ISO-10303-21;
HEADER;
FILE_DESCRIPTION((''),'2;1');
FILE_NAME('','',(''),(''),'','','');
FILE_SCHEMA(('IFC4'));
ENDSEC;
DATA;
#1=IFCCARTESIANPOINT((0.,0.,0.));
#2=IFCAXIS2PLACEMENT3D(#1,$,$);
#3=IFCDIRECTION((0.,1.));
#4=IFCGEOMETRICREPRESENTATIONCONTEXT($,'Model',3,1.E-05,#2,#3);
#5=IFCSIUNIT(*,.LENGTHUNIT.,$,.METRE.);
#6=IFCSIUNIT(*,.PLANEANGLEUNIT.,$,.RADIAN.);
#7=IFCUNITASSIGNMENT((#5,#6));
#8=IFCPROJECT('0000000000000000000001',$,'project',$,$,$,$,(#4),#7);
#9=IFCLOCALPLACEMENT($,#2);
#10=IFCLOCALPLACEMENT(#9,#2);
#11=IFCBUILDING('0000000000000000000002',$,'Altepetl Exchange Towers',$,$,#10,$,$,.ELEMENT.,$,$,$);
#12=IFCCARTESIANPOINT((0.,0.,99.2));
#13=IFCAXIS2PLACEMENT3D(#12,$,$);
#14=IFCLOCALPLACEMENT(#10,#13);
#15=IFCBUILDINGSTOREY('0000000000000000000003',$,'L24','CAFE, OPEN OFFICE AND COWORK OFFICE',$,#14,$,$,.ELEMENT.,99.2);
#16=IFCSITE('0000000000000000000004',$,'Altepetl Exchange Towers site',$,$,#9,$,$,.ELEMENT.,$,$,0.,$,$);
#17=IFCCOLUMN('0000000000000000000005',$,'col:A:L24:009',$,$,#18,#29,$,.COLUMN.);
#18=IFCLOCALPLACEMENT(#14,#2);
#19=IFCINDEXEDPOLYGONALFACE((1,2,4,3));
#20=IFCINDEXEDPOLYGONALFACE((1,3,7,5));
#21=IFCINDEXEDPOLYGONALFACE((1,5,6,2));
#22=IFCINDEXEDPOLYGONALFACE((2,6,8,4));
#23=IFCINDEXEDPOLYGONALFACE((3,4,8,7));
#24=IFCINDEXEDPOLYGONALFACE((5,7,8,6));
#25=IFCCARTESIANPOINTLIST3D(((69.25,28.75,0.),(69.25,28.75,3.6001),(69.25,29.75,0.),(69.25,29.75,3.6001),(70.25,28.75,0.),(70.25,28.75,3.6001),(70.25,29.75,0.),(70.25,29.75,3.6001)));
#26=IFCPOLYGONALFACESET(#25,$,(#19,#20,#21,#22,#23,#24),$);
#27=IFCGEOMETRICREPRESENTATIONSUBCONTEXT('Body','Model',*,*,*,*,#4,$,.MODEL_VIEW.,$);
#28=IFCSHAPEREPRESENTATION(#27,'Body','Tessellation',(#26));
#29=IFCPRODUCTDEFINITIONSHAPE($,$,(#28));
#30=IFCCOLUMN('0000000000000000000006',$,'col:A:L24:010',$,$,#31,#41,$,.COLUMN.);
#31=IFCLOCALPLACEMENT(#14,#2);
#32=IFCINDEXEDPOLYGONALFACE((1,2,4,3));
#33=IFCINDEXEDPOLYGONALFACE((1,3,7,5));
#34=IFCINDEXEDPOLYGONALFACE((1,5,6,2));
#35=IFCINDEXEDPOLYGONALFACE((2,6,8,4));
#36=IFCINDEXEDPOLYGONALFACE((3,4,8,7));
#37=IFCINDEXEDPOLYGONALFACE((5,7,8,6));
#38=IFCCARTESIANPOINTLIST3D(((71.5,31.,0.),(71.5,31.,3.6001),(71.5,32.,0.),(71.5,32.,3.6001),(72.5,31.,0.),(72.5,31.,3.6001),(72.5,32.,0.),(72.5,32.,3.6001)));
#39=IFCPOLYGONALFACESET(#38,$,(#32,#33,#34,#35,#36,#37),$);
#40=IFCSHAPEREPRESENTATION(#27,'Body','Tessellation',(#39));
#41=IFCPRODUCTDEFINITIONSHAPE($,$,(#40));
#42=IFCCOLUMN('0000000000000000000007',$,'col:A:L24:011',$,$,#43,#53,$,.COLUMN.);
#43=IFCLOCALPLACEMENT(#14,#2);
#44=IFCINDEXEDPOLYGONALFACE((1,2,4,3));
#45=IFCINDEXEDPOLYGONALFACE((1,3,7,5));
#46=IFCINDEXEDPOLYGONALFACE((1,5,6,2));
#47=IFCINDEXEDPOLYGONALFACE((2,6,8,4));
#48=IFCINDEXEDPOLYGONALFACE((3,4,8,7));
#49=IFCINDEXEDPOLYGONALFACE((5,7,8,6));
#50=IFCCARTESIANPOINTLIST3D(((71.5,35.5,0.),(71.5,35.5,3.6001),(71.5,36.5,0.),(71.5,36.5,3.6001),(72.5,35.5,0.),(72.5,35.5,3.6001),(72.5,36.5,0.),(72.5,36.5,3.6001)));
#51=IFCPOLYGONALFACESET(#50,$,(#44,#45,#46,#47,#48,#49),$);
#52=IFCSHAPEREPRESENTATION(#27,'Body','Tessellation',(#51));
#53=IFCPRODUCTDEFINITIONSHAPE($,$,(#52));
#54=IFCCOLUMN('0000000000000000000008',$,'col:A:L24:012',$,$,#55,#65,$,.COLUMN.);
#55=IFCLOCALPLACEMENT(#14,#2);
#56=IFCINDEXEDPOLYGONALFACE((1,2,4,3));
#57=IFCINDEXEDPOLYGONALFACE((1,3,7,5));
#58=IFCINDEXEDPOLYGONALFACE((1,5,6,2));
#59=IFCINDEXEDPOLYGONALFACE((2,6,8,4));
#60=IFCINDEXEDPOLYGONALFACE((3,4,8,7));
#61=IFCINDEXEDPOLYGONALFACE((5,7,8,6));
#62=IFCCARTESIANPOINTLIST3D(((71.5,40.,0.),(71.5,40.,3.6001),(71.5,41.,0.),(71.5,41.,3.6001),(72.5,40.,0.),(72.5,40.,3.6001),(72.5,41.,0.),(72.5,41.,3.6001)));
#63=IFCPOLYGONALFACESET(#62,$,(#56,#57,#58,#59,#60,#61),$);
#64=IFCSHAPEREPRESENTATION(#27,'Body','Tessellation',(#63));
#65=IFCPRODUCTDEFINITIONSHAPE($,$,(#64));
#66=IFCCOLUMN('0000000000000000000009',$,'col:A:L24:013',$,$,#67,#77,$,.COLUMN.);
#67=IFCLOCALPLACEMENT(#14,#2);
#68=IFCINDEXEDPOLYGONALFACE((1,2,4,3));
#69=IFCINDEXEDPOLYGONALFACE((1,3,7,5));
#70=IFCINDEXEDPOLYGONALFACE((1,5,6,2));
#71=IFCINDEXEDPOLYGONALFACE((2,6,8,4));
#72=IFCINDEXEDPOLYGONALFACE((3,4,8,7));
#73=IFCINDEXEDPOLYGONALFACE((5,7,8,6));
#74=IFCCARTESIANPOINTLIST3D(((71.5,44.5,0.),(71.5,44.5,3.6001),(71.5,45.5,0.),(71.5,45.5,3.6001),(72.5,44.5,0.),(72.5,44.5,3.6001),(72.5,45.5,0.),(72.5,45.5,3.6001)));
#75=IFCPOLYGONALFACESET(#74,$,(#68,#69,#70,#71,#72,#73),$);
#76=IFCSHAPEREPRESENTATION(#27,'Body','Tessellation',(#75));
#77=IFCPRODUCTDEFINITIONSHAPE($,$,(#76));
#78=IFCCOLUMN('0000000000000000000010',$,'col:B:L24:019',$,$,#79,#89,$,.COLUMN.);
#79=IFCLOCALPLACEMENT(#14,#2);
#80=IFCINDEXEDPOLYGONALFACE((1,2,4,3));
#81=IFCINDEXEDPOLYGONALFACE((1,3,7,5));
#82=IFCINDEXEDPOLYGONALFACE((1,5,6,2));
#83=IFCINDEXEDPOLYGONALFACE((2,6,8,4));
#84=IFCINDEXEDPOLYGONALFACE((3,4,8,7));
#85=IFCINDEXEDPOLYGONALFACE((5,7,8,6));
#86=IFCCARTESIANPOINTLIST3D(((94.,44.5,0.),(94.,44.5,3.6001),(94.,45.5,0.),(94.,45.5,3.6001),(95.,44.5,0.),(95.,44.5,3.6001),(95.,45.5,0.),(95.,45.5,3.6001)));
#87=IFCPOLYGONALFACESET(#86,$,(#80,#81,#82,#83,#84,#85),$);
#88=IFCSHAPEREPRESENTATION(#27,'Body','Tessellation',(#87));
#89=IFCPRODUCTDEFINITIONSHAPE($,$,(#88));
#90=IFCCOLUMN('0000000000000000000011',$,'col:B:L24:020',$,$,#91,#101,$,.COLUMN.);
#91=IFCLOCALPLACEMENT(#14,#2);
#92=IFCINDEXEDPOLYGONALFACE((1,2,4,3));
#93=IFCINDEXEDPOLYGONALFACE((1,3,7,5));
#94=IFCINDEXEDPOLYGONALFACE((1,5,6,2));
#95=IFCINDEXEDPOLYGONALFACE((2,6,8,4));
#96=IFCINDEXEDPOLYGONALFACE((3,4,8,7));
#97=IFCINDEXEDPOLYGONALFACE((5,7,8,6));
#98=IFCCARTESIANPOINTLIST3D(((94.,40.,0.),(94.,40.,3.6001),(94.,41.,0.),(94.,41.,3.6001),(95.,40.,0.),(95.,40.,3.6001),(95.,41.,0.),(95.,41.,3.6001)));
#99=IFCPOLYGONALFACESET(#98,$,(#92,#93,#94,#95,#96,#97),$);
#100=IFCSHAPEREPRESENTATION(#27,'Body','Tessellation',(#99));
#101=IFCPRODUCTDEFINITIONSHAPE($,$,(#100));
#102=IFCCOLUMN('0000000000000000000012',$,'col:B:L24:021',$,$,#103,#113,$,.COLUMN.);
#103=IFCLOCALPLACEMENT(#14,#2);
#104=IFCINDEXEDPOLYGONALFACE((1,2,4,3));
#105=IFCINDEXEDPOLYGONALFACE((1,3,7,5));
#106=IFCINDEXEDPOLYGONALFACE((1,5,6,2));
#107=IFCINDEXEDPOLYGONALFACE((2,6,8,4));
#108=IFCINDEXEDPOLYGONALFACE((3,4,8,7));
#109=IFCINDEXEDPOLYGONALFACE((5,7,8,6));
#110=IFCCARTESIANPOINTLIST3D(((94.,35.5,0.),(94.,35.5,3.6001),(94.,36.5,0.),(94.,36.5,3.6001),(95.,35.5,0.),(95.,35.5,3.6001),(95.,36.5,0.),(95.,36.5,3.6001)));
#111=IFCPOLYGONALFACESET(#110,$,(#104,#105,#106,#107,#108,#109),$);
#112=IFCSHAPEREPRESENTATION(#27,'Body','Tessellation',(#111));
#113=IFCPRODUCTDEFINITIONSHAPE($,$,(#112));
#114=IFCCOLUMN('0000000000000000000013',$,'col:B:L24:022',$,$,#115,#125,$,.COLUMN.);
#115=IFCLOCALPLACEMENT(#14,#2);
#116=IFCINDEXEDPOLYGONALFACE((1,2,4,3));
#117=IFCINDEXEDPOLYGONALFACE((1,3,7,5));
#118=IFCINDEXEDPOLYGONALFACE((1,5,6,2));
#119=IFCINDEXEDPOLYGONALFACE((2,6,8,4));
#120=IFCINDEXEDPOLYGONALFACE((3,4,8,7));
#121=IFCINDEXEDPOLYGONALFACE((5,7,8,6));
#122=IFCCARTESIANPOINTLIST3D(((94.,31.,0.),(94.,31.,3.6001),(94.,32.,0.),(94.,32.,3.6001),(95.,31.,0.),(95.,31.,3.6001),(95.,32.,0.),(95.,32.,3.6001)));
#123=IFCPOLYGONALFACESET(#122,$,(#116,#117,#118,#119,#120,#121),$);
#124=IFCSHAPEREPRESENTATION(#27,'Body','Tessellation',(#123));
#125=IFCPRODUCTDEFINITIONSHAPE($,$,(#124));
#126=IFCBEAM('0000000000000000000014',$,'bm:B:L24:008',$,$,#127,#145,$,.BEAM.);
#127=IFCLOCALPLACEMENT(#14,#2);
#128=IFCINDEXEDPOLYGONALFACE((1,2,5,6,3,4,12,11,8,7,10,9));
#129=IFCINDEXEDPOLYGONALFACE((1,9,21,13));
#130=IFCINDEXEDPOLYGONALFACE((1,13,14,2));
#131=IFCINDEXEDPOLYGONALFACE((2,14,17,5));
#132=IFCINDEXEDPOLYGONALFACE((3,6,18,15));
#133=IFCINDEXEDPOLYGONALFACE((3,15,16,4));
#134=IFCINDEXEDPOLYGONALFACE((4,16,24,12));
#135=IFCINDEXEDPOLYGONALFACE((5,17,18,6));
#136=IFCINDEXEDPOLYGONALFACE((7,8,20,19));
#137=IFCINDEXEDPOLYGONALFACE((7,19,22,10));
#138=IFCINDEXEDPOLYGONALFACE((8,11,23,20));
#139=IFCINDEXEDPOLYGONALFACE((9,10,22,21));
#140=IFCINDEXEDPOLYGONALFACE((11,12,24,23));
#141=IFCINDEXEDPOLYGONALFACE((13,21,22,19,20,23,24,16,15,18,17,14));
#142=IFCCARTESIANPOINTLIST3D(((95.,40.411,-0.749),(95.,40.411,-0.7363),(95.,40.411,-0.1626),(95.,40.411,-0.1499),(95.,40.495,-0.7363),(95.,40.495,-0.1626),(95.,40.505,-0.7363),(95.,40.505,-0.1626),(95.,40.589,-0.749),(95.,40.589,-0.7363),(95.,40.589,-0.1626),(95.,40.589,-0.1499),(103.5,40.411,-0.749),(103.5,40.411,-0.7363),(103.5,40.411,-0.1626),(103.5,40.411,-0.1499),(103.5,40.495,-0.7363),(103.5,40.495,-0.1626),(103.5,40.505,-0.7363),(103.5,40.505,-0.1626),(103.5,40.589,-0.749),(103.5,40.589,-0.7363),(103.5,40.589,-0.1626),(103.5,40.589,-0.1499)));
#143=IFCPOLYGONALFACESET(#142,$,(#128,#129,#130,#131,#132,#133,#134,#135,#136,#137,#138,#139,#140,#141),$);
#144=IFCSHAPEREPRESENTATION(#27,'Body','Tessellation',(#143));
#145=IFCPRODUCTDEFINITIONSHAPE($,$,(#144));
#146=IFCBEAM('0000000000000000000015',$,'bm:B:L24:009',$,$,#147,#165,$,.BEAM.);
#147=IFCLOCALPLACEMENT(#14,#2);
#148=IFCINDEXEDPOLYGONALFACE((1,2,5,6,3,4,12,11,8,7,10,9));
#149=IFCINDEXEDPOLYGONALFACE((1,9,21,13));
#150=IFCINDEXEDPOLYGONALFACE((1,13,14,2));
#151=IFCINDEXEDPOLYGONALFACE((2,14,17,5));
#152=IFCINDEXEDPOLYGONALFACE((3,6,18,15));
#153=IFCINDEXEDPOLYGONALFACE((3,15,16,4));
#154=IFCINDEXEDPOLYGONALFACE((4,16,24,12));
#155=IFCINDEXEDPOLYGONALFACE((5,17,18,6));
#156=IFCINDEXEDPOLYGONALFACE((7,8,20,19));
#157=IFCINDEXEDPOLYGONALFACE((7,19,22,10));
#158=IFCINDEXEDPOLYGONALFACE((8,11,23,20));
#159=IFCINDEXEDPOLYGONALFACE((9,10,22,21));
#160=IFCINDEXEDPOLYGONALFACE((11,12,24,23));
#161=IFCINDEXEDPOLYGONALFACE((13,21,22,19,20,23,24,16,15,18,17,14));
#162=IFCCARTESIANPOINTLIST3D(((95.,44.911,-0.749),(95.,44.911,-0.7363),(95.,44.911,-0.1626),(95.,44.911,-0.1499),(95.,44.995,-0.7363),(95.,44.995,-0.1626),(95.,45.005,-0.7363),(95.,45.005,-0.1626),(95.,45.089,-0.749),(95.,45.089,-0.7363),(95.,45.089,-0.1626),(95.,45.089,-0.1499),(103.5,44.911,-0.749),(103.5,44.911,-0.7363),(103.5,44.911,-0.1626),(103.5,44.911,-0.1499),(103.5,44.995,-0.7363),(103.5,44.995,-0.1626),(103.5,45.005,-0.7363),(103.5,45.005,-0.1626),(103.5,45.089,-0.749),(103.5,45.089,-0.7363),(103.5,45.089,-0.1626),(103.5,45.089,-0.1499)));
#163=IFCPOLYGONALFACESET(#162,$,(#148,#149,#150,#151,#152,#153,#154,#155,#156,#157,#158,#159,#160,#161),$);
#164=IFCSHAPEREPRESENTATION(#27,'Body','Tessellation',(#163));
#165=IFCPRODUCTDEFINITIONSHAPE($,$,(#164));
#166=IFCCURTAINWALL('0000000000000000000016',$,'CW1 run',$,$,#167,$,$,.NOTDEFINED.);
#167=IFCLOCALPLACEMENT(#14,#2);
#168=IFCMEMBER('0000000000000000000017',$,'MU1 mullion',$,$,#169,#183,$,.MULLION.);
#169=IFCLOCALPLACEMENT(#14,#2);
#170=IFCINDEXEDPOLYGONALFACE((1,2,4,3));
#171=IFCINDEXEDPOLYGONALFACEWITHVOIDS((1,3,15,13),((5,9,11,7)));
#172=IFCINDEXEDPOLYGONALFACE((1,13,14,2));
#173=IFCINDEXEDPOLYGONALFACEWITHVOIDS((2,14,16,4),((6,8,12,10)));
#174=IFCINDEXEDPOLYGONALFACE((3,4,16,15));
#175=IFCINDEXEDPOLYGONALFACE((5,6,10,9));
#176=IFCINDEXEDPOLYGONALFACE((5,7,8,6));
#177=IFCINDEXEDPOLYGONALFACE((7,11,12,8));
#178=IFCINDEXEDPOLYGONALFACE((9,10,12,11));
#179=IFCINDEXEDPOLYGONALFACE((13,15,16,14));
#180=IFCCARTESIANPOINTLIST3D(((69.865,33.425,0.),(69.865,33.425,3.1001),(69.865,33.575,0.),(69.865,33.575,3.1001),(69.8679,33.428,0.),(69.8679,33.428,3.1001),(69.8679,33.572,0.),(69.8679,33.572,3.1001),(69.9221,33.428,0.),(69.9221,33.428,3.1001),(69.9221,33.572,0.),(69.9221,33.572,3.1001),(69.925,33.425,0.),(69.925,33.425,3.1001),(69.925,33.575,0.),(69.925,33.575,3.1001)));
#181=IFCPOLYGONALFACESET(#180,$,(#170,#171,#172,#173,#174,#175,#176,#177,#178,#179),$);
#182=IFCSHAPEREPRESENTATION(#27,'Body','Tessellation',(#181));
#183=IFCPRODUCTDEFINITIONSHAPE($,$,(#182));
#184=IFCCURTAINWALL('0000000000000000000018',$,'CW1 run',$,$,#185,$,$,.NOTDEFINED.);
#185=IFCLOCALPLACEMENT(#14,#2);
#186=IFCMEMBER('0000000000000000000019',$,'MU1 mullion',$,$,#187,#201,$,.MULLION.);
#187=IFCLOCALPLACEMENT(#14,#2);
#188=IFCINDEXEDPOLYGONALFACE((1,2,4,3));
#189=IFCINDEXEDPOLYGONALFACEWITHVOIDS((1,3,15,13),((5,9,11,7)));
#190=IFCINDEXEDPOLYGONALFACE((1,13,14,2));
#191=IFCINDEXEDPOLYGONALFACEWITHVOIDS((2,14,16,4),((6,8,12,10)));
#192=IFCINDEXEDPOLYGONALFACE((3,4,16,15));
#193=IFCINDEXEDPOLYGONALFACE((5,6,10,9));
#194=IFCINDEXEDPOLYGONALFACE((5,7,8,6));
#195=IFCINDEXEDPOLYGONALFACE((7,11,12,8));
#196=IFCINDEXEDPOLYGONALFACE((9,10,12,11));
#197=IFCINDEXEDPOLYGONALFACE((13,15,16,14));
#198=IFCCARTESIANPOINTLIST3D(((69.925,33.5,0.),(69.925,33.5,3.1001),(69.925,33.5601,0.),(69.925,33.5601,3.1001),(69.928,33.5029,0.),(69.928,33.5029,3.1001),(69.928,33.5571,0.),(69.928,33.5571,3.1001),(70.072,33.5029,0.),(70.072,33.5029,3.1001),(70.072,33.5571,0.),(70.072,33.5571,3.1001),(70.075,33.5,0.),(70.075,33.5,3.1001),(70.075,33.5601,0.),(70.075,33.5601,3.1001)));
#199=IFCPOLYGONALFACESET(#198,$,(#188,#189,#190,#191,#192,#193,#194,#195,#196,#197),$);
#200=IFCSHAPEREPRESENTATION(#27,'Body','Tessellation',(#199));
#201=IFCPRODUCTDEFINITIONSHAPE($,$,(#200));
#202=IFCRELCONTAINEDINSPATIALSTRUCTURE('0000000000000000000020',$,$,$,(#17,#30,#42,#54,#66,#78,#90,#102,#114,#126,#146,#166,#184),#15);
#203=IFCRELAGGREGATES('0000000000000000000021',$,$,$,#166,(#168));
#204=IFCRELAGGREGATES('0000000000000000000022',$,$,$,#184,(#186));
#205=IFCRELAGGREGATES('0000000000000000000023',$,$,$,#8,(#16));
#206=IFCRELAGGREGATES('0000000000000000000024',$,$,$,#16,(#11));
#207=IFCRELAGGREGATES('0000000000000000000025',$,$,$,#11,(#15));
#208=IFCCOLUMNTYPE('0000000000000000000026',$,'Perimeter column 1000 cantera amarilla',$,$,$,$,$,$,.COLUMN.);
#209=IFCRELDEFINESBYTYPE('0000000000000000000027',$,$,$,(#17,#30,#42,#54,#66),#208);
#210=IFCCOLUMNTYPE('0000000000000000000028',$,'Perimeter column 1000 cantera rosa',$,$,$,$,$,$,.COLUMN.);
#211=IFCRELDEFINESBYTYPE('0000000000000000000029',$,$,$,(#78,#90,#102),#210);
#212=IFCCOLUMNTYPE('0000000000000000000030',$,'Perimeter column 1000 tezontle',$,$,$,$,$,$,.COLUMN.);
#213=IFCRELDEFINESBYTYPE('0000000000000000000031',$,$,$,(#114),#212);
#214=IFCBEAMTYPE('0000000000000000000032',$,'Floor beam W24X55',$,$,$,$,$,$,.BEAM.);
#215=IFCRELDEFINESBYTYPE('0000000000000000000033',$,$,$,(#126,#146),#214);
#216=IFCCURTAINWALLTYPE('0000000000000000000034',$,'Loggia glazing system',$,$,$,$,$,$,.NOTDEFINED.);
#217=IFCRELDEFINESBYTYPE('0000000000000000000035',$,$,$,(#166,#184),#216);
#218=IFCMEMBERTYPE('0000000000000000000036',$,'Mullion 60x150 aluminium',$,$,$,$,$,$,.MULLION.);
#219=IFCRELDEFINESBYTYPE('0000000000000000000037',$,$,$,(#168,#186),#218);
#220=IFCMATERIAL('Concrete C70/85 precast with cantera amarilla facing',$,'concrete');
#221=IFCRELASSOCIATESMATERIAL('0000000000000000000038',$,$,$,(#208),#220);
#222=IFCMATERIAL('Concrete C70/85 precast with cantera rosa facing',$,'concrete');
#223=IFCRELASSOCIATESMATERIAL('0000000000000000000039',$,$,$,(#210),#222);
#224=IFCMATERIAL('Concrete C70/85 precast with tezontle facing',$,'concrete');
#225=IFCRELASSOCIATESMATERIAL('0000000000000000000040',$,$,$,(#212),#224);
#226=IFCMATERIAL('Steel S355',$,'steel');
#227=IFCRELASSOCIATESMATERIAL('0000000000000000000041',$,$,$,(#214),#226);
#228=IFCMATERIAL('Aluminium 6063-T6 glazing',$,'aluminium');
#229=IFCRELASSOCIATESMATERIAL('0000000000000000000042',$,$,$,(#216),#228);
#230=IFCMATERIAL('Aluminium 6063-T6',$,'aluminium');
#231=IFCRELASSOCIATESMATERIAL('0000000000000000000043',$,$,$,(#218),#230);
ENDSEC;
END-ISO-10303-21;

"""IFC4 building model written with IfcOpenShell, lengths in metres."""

from ifc_helpers import new_model, si_unit, direction, frame, origin, origin_2d, place, context, subcontext, project, spatial, rectangle, hollow_rectangle, i_section, extrude, material, material_profile, profile_set, type_object, element, aggregate, save


model = new_model("IFC4")

# Units and contexts
model_context = context("Model", 3, precision=1e-05, world=origin(), true_north=direction((0.0, 1.0)))
body_context = subcontext(model_context, "Body", "Model", "MODEL_VIEW")
ifc_project = project(units=[si_unit("LENGTHUNIT", "METRE"), si_unit("PLANEANGLEUNIT", "RADIAN")], contexts=[model_context])

# Site, building, storey
site_placement = place(None, origin())
site = spatial("IfcSite", under=ifc_project, at=site_placement, Name="Altepetl Exchange Towers site", CompositionType="ELEMENT", RefElevation=0.0)
building_placement = place(site_placement, origin())
building = spatial("IfcBuilding", under=site, at=building_placement, Name="Altepetl Exchange Towers", CompositionType="ELEMENT")
storey_placement = place(building_placement, frame((0.0, 0.0, 99.2)))
storey = spatial("IfcBuildingStorey", under=building, at=storey_placement, Name="L24", Description="CAFE, OPEN OFFICE AND COWORK OFFICE", CompositionType="ELEMENT", Elevation=99.2)

# Columns
ifc_material_1 = material(Name="Concrete C70/85 precast with cantera amarilla facing", Category="concrete")
ifc_material_profile_1 = material_profile(ifc_material_1, rectangle(XDim=1.0, YDim=1.0, at=origin_2d()), Name="1000 x 1000")
ifc_profile_set_1 = profile_set([ifc_material_profile_1], Name="Concrete C70/85 precast with cantera amarilla facing")
column_type_1 = type_object("IfcColumnType", Name="Perimeter column 1000 cantera amarilla", PredefinedType="COLUMN", material=ifc_profile_set_1)
for number, where, name in (
    (1, (69.75, 29.25, 0.0), "col:A:L24:009"),
    (2, (72.0, 31.5, 0.0), "col:A:L24:010"),
    (3, (72.0, 36.0, 0.0), "col:A:L24:011"),
    (4, (72.0, 40.5, 0.0), "col:A:L24:012"),
    (5, (72.0, 45.0, 0.0), "col:A:L24:013"),
):
    element("IfcColumn", number, at=place(storey_placement, frame(where)), inside=storey, type_object=column_type_1, Name=name, PredefinedType="COLUMN", context=body_context, shape_type="SweptSolid", body=[
        extrude(rectangle(XDim=1.0, YDim=1.0, at=origin_2d()), origin(), (0.0, 0.0, 1.0), 3.6001),
    ])
ifc_material_2 = material(Name="Concrete C70/85 precast with cantera rosa facing", Category="concrete")
ifc_material_profile_2 = material_profile(ifc_material_2, rectangle(XDim=1.0, YDim=1.0, at=origin_2d()), Name="1000 x 1000")
ifc_profile_set_2 = profile_set([ifc_material_profile_2], Name="Concrete C70/85 precast with cantera rosa facing")
column_type_2 = type_object("IfcColumnType", Name="Perimeter column 1000 cantera rosa", PredefinedType="COLUMN", material=ifc_profile_set_2)
for number, where, name in (
    (6, (94.5, 45.0, 0.0), "col:B:L24:019"),
    (7, (94.5, 40.5, 0.0), "col:B:L24:020"),
    (8, (94.5, 36.0, 0.0), "col:B:L24:021"),
):
    element("IfcColumn", number, at=place(storey_placement, frame(where)), inside=storey, type_object=column_type_2, Name=name, PredefinedType="COLUMN", context=body_context, shape_type="SweptSolid", body=[
        extrude(rectangle(XDim=1.0, YDim=1.0, at=origin_2d()), origin(), (0.0, 0.0, 1.0), 3.6001),
    ])
ifc_material_3 = material(Name="Concrete C70/85 precast with tezontle facing", Category="concrete")
ifc_material_profile_3 = material_profile(ifc_material_3, rectangle(XDim=1.0, YDim=1.0, at=origin_2d()), Name="1000 x 1000")
ifc_profile_set_3 = profile_set([ifc_material_profile_3], Name="Concrete C70/85 precast with tezontle facing")
column_type_3 = type_object("IfcColumnType", Name="Perimeter column 1000 tezontle", PredefinedType="COLUMN", material=ifc_profile_set_3)
column_placement = place(storey_placement, frame((94.5, 31.5, 0.0)))
element("IfcColumn", 9, at=column_placement, inside=storey, type_object=column_type_3, Name="col:B:L24:022", PredefinedType="COLUMN", context=body_context, shape_type="SweptSolid", body=[
    extrude(rectangle(XDim=1.0, YDim=1.0, at=origin_2d()), origin(), (0.0, 0.0, 1.0), 3.6001),
])

# Beams
ifc_material_4 = material(Name="Steel S355", Category="steel")
ifc_material_profile_4 = material_profile(ifc_material_4, i_section(OverallWidth=0.178, OverallDepth=0.5991, WebThickness=0.01, FlangeThickness=0.0127, at=origin_2d()), Name="W24X55")
ifc_profile_set_4 = profile_set([ifc_material_profile_4], Name="Steel S355")
beam_type_1 = type_object("IfcBeamType", Name="Floor beam W24X55", PredefinedType="BEAM", material=ifc_profile_set_4)
for number, where, z_axis, x_axis, name in (
    (10, (95.0, 40.5, -0.4495), (1.0, 0.0, 0.0), (0.0, 1.0, 0.0), "bm:B:L24:008"),
    (11, (95.0, 45.0, -0.4495), (1.0, 0.0, 0.0), (0.0, 1.0, 0.0), "bm:B:L24:009"),
):
    element("IfcBeam", number, at=place(storey_placement, frame(where, z_axis=z_axis, x_axis=x_axis)), inside=storey, type_object=beam_type_1, Name=name, PredefinedType="BEAM", context=body_context, shape_type="SweptSolid", body=[
        extrude(i_section(OverallWidth=0.178, OverallDepth=0.5991, WebThickness=0.01, FlangeThickness=0.0127, at=origin_2d()), origin(), (0.0, 0.0, 1.0), 8.5),
    ])

# Curtain wall, member
ifc_material_5 = material(Name="Aluminium 6063-T6 glazing", Category="aluminium")
curtain_wall_type = type_object("IfcCurtainWallType", Name="Loggia glazing system", PredefinedType="NOTDEFINED", material=ifc_material_5)
curtain_wall_1_placement = place(storey_placement, origin())
curtain_wall_1 = element("IfcCurtainWall", 12, at=curtain_wall_1_placement, inside=storey, type_object=curtain_wall_type, Name="CW1 run", PredefinedType="NOTDEFINED")
ifc_material_6 = material(Name="Aluminium 6063-T6", Category="aluminium")
ifc_material_profile_5 = material_profile(ifc_material_6, hollow_rectangle(XDim=0.0601, YDim=0.1499, WallThickness=0.0029, at=origin_2d()), Name="Mullion 60x150 aluminium")
ifc_profile_set_5 = profile_set([ifc_material_profile_5], Name="Aluminium 6063-T6")
member_type = type_object("IfcMemberType", Name="Mullion 60x150 aluminium", PredefinedType="MULLION", material=ifc_profile_set_5)
member_1_placement = place(storey_placement, frame((69.895, 33.5, 0.0)))
member_1 = element("IfcMember", 13, at=member_1_placement, type_object=member_type, Name="MU1 mullion", PredefinedType="MULLION", context=body_context, shape_type="SweptSolid", body=[
    extrude(hollow_rectangle(XDim=0.0601, YDim=0.1499, WallThickness=0.0029, at=origin_2d()), origin(), (0.0, 0.0, 1.0), 3.1001),
])

# Curtain wall, member
curtain_wall_2_placement = place(storey_placement, origin())
curtain_wall_2 = element("IfcCurtainWall", 14, at=curtain_wall_2_placement, inside=storey, type_object=curtain_wall_type, Name="CW1 run", PredefinedType="NOTDEFINED")
member_2_placement = place(storey_placement, frame((70.0, 33.53, 0.0), z_axis=(0.0, 0.0, 1.0), x_axis=(0.0, 1.0, 0.0)))
member_2 = element("IfcMember", 15, at=member_2_placement, type_object=member_type, Name="MU1 mullion", PredefinedType="MULLION", context=body_context, shape_type="SweptSolid", body=[
    extrude(hollow_rectangle(XDim=0.0601, YDim=0.1499, WallThickness=0.0029, at=origin_2d()), origin(), (0.0, 0.0, 1.0), 3.1001),
])

aggregate(curtain_wall_1, [member_1])
aggregate(curtain_wall_2, [member_2])

save(model, "model.ifc")
